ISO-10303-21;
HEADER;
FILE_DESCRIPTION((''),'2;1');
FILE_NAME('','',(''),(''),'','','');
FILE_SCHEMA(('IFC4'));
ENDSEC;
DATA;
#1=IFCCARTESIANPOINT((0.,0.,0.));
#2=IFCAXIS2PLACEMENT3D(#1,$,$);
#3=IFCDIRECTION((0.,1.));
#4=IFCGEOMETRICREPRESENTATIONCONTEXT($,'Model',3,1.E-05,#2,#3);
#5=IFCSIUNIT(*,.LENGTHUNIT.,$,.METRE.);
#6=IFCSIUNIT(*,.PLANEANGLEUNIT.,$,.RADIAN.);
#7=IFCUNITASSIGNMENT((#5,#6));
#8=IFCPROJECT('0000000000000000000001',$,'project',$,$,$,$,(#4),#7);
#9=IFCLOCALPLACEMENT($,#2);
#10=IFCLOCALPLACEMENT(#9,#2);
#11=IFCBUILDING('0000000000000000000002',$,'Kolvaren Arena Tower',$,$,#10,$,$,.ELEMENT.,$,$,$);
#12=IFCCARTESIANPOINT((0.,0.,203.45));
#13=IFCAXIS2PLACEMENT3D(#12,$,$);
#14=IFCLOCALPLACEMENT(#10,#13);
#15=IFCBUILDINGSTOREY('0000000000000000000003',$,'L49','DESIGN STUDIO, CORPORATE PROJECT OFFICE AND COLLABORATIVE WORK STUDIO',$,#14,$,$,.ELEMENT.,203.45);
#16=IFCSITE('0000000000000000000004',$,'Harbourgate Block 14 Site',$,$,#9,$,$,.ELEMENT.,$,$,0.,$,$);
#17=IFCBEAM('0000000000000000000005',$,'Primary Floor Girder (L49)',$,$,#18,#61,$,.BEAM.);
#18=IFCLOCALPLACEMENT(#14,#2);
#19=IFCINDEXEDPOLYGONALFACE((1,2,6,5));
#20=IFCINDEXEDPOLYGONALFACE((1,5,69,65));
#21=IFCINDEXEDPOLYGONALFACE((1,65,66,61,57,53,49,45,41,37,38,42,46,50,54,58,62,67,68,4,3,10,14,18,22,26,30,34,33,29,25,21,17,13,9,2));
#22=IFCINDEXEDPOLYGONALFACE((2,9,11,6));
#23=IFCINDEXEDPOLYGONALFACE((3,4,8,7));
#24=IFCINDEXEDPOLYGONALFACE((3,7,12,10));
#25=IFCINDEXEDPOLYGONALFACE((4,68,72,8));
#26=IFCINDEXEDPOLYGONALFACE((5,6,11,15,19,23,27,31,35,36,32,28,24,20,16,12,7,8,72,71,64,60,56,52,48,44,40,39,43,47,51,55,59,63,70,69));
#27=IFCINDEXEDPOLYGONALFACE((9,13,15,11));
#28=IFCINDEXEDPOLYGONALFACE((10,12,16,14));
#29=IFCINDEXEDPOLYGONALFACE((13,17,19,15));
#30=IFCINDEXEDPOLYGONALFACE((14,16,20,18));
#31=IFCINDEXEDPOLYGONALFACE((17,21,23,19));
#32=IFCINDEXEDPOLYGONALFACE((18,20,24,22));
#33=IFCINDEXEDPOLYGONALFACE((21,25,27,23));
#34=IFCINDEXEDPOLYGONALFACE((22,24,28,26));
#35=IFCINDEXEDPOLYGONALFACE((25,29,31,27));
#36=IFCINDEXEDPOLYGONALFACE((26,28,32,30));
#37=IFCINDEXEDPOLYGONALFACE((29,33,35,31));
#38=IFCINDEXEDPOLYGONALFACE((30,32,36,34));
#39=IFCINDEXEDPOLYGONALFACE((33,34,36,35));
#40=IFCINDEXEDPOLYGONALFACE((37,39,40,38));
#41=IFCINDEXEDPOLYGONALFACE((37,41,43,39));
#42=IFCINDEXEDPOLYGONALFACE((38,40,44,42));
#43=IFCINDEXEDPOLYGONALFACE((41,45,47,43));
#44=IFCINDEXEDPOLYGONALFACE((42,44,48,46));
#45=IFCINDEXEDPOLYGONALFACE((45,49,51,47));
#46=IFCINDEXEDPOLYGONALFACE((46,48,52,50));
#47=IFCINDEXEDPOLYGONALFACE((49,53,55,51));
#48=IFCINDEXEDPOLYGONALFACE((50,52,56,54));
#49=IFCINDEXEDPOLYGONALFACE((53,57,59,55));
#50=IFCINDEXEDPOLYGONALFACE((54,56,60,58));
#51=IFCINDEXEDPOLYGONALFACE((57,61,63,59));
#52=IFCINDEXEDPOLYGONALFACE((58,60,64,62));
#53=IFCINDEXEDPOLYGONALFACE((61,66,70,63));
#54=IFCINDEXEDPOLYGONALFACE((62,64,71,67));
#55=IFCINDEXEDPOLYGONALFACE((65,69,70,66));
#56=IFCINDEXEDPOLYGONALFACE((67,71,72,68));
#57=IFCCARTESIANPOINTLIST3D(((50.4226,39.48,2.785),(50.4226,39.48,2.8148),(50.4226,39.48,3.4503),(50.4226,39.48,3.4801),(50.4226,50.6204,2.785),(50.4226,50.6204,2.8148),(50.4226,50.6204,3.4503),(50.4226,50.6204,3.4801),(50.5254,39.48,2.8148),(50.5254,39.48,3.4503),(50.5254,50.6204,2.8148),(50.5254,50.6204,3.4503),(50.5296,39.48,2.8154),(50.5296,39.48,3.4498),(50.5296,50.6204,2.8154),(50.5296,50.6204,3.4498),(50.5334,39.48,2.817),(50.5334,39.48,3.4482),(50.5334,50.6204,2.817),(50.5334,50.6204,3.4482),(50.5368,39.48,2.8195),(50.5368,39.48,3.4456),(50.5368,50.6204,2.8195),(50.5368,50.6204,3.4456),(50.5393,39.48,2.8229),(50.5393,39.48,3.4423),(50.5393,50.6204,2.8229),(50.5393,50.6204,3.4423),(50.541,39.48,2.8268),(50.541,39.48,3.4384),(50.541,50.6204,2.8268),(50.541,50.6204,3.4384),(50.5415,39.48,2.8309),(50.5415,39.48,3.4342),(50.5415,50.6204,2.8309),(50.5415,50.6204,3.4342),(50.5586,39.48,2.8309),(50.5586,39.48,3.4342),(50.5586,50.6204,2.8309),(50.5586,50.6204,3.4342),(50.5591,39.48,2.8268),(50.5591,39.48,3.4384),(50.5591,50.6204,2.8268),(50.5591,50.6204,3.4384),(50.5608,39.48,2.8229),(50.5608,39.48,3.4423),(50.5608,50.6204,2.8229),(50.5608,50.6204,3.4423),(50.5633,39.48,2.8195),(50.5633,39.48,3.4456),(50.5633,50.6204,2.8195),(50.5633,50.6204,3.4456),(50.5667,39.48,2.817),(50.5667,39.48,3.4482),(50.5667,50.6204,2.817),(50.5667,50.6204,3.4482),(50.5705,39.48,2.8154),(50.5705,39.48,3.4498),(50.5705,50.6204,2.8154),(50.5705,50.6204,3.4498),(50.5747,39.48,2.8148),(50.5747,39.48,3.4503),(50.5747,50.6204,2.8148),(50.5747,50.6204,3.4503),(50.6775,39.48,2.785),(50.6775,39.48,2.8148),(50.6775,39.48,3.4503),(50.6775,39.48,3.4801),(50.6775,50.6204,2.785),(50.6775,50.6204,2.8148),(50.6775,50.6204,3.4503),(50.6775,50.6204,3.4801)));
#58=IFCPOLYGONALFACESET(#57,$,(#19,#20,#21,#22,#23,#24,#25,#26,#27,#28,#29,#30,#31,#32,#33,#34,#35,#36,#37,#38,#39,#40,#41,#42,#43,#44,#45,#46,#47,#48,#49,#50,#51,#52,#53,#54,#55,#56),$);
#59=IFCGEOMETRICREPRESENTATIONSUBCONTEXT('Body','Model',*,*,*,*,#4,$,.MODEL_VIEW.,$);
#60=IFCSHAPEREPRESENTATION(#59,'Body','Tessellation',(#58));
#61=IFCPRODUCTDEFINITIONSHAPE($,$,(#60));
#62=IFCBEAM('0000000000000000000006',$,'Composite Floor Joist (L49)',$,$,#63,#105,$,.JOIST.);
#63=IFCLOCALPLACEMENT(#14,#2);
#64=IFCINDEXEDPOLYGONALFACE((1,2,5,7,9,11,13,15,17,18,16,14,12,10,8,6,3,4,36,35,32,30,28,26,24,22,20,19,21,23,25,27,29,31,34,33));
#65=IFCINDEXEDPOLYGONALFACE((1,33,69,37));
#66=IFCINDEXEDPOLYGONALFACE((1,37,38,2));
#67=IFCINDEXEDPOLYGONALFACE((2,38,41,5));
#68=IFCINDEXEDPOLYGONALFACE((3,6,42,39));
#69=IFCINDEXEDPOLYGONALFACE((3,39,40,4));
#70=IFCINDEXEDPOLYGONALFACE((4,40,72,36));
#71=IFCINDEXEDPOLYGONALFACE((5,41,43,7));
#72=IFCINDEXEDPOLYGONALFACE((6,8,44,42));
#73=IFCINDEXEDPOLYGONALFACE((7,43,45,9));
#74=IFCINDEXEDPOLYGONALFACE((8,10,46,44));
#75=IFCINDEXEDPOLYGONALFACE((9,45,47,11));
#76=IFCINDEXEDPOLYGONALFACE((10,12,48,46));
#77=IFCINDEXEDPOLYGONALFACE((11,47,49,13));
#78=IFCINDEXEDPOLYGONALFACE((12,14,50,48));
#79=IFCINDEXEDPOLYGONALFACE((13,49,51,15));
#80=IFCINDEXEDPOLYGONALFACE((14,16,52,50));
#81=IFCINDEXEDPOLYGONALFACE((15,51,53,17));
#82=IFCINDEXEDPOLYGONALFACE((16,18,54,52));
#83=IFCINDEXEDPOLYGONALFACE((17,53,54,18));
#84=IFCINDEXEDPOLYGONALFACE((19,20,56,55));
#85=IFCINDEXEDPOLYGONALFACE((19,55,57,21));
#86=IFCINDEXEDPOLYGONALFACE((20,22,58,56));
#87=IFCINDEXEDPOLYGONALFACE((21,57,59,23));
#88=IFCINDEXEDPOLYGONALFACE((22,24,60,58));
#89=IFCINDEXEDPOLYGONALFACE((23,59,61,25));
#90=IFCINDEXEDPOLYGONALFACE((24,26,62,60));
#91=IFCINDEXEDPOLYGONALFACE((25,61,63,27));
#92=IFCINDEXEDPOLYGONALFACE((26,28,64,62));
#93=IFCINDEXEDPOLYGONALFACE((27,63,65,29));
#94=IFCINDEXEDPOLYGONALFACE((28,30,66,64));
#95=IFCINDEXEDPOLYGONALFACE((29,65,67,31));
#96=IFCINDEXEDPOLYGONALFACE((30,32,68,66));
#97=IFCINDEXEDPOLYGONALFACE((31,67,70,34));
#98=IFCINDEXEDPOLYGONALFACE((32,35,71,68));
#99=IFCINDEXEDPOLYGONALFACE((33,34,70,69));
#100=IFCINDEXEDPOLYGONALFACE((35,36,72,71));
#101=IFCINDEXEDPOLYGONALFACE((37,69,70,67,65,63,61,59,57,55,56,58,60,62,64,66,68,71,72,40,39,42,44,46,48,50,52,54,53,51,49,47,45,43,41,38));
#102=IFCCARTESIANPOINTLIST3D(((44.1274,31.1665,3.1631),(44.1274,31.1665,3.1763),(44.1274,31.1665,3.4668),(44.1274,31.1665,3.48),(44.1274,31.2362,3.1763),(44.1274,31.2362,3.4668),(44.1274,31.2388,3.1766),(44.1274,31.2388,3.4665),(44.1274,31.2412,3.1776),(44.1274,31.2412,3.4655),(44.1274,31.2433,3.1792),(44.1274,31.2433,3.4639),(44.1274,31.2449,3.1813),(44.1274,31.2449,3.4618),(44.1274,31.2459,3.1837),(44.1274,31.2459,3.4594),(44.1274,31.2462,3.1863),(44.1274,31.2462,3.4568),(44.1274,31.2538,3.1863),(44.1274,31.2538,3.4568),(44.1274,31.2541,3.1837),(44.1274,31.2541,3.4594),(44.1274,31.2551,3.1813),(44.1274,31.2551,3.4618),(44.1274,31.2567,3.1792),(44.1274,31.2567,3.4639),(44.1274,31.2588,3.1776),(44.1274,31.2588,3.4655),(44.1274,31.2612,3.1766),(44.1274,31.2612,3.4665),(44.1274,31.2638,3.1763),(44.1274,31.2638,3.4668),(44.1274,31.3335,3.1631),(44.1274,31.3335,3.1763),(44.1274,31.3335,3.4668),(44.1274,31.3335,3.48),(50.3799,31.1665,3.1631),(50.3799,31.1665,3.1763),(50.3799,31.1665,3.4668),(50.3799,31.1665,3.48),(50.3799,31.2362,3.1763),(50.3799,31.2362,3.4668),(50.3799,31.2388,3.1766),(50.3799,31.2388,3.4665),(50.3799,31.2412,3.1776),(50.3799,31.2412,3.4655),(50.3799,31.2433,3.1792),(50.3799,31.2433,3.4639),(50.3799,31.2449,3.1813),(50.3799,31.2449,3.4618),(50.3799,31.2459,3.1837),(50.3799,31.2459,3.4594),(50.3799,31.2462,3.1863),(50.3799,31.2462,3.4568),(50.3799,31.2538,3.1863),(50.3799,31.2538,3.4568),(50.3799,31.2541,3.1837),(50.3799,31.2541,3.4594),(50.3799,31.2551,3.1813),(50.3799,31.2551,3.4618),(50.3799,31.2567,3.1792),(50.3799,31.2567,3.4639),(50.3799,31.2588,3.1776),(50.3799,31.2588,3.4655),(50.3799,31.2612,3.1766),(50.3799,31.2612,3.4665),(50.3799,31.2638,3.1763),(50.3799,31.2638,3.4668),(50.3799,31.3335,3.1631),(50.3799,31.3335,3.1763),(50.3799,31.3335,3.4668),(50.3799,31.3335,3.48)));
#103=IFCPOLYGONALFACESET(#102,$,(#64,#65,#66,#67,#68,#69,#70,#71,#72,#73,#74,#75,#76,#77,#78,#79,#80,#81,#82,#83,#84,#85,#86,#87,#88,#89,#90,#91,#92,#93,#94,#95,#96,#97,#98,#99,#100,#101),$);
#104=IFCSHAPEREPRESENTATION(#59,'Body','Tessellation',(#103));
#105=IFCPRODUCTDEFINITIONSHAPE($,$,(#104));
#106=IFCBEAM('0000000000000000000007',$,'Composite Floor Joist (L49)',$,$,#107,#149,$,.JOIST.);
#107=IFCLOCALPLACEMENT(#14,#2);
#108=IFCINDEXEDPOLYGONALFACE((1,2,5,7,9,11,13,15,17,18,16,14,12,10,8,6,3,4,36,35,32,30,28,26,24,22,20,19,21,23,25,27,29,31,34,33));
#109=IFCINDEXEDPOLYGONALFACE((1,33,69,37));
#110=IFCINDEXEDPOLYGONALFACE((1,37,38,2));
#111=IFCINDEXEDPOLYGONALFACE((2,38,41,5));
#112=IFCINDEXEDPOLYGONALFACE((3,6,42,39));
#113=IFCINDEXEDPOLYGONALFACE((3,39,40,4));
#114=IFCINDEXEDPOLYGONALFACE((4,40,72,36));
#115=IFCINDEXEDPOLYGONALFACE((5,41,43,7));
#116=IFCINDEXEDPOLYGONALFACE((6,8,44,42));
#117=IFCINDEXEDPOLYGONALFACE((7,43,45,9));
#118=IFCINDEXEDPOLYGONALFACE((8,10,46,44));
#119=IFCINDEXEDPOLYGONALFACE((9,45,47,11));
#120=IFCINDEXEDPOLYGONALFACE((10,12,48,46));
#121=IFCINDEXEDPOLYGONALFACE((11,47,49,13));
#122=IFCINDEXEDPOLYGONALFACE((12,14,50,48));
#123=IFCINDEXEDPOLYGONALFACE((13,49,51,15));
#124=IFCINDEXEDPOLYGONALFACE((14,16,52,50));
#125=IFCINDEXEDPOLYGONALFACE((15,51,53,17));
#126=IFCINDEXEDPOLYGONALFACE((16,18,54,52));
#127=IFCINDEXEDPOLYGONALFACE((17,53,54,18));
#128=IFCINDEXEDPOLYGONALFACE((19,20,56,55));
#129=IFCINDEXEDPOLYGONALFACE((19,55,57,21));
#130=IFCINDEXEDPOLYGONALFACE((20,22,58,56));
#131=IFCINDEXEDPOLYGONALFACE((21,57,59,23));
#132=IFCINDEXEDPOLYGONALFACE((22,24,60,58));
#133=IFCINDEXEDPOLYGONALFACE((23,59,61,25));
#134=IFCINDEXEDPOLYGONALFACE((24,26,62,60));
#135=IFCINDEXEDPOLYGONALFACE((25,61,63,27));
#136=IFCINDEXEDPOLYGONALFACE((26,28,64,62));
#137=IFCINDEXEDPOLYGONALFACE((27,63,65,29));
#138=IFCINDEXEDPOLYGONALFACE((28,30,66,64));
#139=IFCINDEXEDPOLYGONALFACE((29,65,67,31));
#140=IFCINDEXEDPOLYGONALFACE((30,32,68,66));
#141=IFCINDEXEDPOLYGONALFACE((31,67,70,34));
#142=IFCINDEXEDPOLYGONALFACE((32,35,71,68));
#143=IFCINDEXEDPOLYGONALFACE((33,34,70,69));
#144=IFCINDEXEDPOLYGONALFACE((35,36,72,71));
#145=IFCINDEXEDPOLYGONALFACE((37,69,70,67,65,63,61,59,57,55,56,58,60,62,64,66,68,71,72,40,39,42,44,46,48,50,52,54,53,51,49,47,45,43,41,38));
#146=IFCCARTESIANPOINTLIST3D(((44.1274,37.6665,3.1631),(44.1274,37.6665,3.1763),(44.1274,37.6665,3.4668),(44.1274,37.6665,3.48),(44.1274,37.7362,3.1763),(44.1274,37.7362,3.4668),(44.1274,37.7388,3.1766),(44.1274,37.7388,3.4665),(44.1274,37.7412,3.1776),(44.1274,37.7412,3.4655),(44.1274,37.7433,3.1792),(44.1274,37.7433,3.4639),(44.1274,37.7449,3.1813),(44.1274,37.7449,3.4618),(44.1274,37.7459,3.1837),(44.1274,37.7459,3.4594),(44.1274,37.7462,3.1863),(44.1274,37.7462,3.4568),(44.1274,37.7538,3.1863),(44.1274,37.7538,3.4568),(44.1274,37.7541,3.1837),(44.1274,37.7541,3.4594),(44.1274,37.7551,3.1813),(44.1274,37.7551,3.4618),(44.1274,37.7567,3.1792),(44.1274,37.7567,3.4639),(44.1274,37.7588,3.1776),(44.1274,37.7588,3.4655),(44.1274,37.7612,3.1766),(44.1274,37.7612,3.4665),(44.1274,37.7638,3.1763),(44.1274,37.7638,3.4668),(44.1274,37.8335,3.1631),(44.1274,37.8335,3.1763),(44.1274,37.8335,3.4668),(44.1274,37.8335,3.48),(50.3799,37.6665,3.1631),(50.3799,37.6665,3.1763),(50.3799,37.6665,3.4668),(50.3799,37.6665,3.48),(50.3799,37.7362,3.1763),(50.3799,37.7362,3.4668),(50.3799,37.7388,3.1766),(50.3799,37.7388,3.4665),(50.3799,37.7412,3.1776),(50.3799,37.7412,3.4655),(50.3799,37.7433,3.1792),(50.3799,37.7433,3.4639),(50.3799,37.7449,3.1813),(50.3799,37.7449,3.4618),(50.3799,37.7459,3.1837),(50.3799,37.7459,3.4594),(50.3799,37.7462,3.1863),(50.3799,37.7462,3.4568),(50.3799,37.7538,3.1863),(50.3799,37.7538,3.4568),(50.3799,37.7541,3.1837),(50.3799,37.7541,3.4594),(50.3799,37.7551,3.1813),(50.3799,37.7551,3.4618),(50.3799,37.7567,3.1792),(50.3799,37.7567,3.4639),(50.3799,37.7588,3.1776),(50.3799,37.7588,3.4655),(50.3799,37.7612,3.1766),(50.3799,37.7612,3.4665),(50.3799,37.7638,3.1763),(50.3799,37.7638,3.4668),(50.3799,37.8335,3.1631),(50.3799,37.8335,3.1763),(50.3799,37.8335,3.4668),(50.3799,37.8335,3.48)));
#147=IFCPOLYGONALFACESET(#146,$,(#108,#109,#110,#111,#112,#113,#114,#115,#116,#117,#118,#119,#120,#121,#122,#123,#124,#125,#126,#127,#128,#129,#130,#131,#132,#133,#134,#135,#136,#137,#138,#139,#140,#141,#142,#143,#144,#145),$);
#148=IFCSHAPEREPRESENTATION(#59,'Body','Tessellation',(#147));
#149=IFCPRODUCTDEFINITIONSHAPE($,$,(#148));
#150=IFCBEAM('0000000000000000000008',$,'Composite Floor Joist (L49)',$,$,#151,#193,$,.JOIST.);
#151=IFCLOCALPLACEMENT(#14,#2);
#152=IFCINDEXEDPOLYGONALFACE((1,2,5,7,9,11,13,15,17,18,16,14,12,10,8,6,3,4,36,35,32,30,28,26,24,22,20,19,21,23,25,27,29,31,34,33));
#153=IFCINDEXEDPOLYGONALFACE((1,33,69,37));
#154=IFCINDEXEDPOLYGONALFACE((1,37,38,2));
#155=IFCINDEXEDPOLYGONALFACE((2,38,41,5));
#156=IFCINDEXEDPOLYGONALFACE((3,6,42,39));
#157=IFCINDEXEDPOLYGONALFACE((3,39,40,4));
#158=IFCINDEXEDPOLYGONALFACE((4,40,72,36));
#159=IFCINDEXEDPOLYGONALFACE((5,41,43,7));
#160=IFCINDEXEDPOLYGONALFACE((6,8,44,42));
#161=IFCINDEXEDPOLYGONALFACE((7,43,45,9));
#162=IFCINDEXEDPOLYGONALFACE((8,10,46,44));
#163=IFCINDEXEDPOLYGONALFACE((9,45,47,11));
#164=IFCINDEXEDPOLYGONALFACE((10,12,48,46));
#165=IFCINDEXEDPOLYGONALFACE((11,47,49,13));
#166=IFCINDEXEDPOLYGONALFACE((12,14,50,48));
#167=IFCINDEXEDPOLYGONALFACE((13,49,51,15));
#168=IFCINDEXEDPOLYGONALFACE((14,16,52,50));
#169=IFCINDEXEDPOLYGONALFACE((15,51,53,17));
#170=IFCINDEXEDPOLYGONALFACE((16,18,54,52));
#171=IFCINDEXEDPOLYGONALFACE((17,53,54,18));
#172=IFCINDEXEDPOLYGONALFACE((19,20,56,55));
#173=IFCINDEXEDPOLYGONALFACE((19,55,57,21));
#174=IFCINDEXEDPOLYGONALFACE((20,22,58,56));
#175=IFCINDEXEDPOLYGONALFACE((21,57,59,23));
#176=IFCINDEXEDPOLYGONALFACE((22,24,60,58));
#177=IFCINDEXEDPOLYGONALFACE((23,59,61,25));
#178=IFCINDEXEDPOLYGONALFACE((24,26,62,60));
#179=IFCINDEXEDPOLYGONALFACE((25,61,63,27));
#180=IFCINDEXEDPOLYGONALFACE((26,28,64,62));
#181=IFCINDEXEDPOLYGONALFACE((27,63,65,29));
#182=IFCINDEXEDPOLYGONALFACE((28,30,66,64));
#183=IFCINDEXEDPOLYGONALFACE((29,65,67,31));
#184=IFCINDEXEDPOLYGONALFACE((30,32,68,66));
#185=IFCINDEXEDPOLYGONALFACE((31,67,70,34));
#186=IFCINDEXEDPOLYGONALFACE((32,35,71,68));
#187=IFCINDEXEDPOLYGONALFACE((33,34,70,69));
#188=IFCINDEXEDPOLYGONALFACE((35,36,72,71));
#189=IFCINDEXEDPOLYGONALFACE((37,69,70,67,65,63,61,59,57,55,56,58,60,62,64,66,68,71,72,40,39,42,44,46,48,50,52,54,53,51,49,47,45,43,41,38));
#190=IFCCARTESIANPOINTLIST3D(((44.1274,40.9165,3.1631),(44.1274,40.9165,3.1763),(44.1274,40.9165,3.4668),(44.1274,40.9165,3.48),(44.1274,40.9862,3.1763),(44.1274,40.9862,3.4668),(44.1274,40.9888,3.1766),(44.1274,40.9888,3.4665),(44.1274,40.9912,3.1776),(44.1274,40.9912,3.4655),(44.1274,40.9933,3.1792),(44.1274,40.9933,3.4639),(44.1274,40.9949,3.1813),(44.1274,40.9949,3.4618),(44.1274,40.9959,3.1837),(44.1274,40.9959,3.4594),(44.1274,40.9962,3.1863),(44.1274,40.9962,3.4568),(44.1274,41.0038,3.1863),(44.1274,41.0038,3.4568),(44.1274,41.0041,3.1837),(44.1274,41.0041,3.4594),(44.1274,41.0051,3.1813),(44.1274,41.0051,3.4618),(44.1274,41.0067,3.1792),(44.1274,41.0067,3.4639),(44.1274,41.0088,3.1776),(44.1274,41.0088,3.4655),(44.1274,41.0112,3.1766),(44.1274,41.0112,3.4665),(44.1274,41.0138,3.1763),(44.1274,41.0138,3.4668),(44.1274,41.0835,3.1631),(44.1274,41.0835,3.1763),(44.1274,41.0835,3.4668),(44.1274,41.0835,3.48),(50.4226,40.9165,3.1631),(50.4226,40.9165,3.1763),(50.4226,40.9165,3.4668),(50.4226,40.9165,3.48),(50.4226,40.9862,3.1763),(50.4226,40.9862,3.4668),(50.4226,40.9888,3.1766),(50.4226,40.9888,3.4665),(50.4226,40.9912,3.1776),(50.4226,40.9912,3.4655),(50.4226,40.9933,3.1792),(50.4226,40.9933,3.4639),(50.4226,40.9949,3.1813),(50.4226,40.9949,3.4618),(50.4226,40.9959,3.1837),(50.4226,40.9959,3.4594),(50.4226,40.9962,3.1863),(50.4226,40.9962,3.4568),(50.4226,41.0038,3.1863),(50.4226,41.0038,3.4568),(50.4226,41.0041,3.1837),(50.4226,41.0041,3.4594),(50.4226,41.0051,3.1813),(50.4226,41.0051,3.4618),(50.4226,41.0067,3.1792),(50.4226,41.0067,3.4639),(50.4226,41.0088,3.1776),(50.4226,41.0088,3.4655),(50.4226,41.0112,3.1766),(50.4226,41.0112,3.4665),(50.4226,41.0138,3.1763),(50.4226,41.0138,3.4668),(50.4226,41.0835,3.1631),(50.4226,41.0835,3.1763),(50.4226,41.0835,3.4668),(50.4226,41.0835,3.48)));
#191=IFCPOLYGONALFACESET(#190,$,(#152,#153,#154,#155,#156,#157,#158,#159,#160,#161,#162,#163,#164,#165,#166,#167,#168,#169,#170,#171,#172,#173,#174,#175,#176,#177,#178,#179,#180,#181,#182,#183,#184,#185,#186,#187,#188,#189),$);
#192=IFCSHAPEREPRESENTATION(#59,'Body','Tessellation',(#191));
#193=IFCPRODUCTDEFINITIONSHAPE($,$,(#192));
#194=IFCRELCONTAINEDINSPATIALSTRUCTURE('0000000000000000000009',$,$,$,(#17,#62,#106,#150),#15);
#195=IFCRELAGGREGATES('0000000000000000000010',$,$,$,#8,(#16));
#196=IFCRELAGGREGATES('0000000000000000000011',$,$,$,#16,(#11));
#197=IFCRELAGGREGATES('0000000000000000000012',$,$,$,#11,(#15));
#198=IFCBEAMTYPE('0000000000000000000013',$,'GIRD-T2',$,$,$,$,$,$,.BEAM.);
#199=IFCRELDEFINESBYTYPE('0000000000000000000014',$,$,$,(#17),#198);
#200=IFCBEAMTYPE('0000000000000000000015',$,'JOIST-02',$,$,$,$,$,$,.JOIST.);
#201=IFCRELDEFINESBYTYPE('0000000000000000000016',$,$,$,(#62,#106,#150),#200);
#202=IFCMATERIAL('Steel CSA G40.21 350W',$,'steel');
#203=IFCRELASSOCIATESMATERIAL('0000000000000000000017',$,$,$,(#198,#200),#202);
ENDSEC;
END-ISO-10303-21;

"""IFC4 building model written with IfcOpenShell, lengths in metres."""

from ifc_helpers import new_model, si_unit, direction, frame, origin, origin_2d, place, context, subcontext, project, spatial, i_section, extrude, material, material_profile, profile_set, type_object, element, save


model = new_model("IFC4")

# Units and contexts
model_context = context("Model", 3, precision=1e-05, world=origin(), true_north=direction((0.0, 1.0)))
body_context = subcontext(model_context, "Body", "Model", "MODEL_VIEW")
ifc_project = project(units=[si_unit("LENGTHUNIT", "METRE"), si_unit("PLANEANGLEUNIT", "RADIAN")], contexts=[model_context])

# Site, building, storey
site_placement = place(None, origin())
site = spatial("IfcSite", under=ifc_project, at=site_placement, Name="Harbourgate Block 14 Site", CompositionType="ELEMENT", RefElevation=0.0)
building_placement = place(site_placement, origin())
building = spatial("IfcBuilding", under=site, at=building_placement, Name="Kolvaren Arena Tower", CompositionType="ELEMENT")
storey_placement = place(building_placement, frame((0.0, 0.0, 203.45)))
storey = spatial("IfcBuildingStorey", under=building, at=storey_placement, Name="L49", Description="DESIGN STUDIO, CORPORATE PROJECT OFFICE AND COLLABORATIVE WORK STUDIO", CompositionType="ELEMENT", Elevation=203.45)

# Beams
ifc_material_1 = material(Name="Steel CSA G40.21 350W", Category="steel")
ifc_material_profile_1 = material_profile(ifc_material_1, i_section(OverallWidth=0.2549, OverallDepth=0.6951, WebThickness=0.0171, FlangeThickness=0.0298, FilletRadius=0.0161, at=origin_2d()), Name="W690x217")
ifc_profile_set_1 = profile_set([ifc_material_profile_1], Name="Steel CSA G40.21 350W")
beam_type_1 = type_object("IfcBeamType", Name="GIRD-T2", PredefinedType="BEAM", material=ifc_profile_set_1)
beam_1_placement = place(storey_placement, frame((50.55, 39.48, 3.1326), z_axis=(0.0, 1.0, 0.0), x_axis=(-1.0, 0.0, 0.0)))
element("IfcBeam", 1, at=beam_1_placement, inside=storey, type_object=beam_type_1, Name="Primary Floor Girder (L49)", PredefinedType="BEAM", context=body_context, shape_type="SweptSolid", body=[
    extrude(i_section(OverallWidth=0.2549, OverallDepth=0.6951, WebThickness=0.0171, FlangeThickness=0.0298, FilletRadius=0.0161, at=origin_2d()), origin(), (0.0, 0.0, 1.0), 11.1404),
])
ifc_material_profile_2 = material_profile(ifc_material_1, i_section(OverallWidth=0.167, OverallDepth=0.3169, WebThickness=0.0076, FlangeThickness=0.0132, FilletRadius=0.01, at=origin_2d()), Name="W310x52")
ifc_profile_set_2 = profile_set([ifc_material_profile_2], Name="Steel CSA G40.21 350W")
beam_type_2 = type_object("IfcBeamType", Name="JOIST-02", PredefinedType="JOIST", material=ifc_profile_set_2)
for number, where, z_axis, x_axis, name in (
    (2, (44.1274, 31.25, 3.3215), (1.0, 0.0, 0.0), (0.0, 1.0, 0.0), "Composite Floor Joist (L49)"),
    (3, (44.1274, 37.75, 3.3215), (1.0, 0.0, 0.0), (0.0, 1.0, 0.0), "Composite Floor Joist (L49)"),
):
    element("IfcBeam", number, at=place(storey_placement, frame(where, z_axis=z_axis, x_axis=x_axis)), inside=storey, type_object=beam_type_2, Name=name, PredefinedType="JOIST", context=body_context, shape_type="SweptSolid", body=[
        extrude(i_section(OverallWidth=0.167, OverallDepth=0.3169, WebThickness=0.0076, FlangeThickness=0.0132, FilletRadius=0.01, at=origin_2d()), origin(), (0.0, 0.0, 1.0), 6.2524),
    ])
beam_2_placement = place(storey_placement, frame((44.1274, 41.0, 3.3215), z_axis=(1.0, 0.0, 0.0), x_axis=(0.0, 1.0, 0.0)))
element("IfcBeam", 4, at=beam_2_placement, inside=storey, type_object=beam_type_2, Name="Composite Floor Joist (L49)", PredefinedType="JOIST", context=body_context, shape_type="SweptSolid", body=[
    extrude(i_section(OverallWidth=0.167, OverallDepth=0.3169, WebThickness=0.0076, FlangeThickness=0.0132, FilletRadius=0.01, at=origin_2d()), origin(), (0.0, 0.0, 1.0), 6.2952),
])

save(model, "model.ifc")
